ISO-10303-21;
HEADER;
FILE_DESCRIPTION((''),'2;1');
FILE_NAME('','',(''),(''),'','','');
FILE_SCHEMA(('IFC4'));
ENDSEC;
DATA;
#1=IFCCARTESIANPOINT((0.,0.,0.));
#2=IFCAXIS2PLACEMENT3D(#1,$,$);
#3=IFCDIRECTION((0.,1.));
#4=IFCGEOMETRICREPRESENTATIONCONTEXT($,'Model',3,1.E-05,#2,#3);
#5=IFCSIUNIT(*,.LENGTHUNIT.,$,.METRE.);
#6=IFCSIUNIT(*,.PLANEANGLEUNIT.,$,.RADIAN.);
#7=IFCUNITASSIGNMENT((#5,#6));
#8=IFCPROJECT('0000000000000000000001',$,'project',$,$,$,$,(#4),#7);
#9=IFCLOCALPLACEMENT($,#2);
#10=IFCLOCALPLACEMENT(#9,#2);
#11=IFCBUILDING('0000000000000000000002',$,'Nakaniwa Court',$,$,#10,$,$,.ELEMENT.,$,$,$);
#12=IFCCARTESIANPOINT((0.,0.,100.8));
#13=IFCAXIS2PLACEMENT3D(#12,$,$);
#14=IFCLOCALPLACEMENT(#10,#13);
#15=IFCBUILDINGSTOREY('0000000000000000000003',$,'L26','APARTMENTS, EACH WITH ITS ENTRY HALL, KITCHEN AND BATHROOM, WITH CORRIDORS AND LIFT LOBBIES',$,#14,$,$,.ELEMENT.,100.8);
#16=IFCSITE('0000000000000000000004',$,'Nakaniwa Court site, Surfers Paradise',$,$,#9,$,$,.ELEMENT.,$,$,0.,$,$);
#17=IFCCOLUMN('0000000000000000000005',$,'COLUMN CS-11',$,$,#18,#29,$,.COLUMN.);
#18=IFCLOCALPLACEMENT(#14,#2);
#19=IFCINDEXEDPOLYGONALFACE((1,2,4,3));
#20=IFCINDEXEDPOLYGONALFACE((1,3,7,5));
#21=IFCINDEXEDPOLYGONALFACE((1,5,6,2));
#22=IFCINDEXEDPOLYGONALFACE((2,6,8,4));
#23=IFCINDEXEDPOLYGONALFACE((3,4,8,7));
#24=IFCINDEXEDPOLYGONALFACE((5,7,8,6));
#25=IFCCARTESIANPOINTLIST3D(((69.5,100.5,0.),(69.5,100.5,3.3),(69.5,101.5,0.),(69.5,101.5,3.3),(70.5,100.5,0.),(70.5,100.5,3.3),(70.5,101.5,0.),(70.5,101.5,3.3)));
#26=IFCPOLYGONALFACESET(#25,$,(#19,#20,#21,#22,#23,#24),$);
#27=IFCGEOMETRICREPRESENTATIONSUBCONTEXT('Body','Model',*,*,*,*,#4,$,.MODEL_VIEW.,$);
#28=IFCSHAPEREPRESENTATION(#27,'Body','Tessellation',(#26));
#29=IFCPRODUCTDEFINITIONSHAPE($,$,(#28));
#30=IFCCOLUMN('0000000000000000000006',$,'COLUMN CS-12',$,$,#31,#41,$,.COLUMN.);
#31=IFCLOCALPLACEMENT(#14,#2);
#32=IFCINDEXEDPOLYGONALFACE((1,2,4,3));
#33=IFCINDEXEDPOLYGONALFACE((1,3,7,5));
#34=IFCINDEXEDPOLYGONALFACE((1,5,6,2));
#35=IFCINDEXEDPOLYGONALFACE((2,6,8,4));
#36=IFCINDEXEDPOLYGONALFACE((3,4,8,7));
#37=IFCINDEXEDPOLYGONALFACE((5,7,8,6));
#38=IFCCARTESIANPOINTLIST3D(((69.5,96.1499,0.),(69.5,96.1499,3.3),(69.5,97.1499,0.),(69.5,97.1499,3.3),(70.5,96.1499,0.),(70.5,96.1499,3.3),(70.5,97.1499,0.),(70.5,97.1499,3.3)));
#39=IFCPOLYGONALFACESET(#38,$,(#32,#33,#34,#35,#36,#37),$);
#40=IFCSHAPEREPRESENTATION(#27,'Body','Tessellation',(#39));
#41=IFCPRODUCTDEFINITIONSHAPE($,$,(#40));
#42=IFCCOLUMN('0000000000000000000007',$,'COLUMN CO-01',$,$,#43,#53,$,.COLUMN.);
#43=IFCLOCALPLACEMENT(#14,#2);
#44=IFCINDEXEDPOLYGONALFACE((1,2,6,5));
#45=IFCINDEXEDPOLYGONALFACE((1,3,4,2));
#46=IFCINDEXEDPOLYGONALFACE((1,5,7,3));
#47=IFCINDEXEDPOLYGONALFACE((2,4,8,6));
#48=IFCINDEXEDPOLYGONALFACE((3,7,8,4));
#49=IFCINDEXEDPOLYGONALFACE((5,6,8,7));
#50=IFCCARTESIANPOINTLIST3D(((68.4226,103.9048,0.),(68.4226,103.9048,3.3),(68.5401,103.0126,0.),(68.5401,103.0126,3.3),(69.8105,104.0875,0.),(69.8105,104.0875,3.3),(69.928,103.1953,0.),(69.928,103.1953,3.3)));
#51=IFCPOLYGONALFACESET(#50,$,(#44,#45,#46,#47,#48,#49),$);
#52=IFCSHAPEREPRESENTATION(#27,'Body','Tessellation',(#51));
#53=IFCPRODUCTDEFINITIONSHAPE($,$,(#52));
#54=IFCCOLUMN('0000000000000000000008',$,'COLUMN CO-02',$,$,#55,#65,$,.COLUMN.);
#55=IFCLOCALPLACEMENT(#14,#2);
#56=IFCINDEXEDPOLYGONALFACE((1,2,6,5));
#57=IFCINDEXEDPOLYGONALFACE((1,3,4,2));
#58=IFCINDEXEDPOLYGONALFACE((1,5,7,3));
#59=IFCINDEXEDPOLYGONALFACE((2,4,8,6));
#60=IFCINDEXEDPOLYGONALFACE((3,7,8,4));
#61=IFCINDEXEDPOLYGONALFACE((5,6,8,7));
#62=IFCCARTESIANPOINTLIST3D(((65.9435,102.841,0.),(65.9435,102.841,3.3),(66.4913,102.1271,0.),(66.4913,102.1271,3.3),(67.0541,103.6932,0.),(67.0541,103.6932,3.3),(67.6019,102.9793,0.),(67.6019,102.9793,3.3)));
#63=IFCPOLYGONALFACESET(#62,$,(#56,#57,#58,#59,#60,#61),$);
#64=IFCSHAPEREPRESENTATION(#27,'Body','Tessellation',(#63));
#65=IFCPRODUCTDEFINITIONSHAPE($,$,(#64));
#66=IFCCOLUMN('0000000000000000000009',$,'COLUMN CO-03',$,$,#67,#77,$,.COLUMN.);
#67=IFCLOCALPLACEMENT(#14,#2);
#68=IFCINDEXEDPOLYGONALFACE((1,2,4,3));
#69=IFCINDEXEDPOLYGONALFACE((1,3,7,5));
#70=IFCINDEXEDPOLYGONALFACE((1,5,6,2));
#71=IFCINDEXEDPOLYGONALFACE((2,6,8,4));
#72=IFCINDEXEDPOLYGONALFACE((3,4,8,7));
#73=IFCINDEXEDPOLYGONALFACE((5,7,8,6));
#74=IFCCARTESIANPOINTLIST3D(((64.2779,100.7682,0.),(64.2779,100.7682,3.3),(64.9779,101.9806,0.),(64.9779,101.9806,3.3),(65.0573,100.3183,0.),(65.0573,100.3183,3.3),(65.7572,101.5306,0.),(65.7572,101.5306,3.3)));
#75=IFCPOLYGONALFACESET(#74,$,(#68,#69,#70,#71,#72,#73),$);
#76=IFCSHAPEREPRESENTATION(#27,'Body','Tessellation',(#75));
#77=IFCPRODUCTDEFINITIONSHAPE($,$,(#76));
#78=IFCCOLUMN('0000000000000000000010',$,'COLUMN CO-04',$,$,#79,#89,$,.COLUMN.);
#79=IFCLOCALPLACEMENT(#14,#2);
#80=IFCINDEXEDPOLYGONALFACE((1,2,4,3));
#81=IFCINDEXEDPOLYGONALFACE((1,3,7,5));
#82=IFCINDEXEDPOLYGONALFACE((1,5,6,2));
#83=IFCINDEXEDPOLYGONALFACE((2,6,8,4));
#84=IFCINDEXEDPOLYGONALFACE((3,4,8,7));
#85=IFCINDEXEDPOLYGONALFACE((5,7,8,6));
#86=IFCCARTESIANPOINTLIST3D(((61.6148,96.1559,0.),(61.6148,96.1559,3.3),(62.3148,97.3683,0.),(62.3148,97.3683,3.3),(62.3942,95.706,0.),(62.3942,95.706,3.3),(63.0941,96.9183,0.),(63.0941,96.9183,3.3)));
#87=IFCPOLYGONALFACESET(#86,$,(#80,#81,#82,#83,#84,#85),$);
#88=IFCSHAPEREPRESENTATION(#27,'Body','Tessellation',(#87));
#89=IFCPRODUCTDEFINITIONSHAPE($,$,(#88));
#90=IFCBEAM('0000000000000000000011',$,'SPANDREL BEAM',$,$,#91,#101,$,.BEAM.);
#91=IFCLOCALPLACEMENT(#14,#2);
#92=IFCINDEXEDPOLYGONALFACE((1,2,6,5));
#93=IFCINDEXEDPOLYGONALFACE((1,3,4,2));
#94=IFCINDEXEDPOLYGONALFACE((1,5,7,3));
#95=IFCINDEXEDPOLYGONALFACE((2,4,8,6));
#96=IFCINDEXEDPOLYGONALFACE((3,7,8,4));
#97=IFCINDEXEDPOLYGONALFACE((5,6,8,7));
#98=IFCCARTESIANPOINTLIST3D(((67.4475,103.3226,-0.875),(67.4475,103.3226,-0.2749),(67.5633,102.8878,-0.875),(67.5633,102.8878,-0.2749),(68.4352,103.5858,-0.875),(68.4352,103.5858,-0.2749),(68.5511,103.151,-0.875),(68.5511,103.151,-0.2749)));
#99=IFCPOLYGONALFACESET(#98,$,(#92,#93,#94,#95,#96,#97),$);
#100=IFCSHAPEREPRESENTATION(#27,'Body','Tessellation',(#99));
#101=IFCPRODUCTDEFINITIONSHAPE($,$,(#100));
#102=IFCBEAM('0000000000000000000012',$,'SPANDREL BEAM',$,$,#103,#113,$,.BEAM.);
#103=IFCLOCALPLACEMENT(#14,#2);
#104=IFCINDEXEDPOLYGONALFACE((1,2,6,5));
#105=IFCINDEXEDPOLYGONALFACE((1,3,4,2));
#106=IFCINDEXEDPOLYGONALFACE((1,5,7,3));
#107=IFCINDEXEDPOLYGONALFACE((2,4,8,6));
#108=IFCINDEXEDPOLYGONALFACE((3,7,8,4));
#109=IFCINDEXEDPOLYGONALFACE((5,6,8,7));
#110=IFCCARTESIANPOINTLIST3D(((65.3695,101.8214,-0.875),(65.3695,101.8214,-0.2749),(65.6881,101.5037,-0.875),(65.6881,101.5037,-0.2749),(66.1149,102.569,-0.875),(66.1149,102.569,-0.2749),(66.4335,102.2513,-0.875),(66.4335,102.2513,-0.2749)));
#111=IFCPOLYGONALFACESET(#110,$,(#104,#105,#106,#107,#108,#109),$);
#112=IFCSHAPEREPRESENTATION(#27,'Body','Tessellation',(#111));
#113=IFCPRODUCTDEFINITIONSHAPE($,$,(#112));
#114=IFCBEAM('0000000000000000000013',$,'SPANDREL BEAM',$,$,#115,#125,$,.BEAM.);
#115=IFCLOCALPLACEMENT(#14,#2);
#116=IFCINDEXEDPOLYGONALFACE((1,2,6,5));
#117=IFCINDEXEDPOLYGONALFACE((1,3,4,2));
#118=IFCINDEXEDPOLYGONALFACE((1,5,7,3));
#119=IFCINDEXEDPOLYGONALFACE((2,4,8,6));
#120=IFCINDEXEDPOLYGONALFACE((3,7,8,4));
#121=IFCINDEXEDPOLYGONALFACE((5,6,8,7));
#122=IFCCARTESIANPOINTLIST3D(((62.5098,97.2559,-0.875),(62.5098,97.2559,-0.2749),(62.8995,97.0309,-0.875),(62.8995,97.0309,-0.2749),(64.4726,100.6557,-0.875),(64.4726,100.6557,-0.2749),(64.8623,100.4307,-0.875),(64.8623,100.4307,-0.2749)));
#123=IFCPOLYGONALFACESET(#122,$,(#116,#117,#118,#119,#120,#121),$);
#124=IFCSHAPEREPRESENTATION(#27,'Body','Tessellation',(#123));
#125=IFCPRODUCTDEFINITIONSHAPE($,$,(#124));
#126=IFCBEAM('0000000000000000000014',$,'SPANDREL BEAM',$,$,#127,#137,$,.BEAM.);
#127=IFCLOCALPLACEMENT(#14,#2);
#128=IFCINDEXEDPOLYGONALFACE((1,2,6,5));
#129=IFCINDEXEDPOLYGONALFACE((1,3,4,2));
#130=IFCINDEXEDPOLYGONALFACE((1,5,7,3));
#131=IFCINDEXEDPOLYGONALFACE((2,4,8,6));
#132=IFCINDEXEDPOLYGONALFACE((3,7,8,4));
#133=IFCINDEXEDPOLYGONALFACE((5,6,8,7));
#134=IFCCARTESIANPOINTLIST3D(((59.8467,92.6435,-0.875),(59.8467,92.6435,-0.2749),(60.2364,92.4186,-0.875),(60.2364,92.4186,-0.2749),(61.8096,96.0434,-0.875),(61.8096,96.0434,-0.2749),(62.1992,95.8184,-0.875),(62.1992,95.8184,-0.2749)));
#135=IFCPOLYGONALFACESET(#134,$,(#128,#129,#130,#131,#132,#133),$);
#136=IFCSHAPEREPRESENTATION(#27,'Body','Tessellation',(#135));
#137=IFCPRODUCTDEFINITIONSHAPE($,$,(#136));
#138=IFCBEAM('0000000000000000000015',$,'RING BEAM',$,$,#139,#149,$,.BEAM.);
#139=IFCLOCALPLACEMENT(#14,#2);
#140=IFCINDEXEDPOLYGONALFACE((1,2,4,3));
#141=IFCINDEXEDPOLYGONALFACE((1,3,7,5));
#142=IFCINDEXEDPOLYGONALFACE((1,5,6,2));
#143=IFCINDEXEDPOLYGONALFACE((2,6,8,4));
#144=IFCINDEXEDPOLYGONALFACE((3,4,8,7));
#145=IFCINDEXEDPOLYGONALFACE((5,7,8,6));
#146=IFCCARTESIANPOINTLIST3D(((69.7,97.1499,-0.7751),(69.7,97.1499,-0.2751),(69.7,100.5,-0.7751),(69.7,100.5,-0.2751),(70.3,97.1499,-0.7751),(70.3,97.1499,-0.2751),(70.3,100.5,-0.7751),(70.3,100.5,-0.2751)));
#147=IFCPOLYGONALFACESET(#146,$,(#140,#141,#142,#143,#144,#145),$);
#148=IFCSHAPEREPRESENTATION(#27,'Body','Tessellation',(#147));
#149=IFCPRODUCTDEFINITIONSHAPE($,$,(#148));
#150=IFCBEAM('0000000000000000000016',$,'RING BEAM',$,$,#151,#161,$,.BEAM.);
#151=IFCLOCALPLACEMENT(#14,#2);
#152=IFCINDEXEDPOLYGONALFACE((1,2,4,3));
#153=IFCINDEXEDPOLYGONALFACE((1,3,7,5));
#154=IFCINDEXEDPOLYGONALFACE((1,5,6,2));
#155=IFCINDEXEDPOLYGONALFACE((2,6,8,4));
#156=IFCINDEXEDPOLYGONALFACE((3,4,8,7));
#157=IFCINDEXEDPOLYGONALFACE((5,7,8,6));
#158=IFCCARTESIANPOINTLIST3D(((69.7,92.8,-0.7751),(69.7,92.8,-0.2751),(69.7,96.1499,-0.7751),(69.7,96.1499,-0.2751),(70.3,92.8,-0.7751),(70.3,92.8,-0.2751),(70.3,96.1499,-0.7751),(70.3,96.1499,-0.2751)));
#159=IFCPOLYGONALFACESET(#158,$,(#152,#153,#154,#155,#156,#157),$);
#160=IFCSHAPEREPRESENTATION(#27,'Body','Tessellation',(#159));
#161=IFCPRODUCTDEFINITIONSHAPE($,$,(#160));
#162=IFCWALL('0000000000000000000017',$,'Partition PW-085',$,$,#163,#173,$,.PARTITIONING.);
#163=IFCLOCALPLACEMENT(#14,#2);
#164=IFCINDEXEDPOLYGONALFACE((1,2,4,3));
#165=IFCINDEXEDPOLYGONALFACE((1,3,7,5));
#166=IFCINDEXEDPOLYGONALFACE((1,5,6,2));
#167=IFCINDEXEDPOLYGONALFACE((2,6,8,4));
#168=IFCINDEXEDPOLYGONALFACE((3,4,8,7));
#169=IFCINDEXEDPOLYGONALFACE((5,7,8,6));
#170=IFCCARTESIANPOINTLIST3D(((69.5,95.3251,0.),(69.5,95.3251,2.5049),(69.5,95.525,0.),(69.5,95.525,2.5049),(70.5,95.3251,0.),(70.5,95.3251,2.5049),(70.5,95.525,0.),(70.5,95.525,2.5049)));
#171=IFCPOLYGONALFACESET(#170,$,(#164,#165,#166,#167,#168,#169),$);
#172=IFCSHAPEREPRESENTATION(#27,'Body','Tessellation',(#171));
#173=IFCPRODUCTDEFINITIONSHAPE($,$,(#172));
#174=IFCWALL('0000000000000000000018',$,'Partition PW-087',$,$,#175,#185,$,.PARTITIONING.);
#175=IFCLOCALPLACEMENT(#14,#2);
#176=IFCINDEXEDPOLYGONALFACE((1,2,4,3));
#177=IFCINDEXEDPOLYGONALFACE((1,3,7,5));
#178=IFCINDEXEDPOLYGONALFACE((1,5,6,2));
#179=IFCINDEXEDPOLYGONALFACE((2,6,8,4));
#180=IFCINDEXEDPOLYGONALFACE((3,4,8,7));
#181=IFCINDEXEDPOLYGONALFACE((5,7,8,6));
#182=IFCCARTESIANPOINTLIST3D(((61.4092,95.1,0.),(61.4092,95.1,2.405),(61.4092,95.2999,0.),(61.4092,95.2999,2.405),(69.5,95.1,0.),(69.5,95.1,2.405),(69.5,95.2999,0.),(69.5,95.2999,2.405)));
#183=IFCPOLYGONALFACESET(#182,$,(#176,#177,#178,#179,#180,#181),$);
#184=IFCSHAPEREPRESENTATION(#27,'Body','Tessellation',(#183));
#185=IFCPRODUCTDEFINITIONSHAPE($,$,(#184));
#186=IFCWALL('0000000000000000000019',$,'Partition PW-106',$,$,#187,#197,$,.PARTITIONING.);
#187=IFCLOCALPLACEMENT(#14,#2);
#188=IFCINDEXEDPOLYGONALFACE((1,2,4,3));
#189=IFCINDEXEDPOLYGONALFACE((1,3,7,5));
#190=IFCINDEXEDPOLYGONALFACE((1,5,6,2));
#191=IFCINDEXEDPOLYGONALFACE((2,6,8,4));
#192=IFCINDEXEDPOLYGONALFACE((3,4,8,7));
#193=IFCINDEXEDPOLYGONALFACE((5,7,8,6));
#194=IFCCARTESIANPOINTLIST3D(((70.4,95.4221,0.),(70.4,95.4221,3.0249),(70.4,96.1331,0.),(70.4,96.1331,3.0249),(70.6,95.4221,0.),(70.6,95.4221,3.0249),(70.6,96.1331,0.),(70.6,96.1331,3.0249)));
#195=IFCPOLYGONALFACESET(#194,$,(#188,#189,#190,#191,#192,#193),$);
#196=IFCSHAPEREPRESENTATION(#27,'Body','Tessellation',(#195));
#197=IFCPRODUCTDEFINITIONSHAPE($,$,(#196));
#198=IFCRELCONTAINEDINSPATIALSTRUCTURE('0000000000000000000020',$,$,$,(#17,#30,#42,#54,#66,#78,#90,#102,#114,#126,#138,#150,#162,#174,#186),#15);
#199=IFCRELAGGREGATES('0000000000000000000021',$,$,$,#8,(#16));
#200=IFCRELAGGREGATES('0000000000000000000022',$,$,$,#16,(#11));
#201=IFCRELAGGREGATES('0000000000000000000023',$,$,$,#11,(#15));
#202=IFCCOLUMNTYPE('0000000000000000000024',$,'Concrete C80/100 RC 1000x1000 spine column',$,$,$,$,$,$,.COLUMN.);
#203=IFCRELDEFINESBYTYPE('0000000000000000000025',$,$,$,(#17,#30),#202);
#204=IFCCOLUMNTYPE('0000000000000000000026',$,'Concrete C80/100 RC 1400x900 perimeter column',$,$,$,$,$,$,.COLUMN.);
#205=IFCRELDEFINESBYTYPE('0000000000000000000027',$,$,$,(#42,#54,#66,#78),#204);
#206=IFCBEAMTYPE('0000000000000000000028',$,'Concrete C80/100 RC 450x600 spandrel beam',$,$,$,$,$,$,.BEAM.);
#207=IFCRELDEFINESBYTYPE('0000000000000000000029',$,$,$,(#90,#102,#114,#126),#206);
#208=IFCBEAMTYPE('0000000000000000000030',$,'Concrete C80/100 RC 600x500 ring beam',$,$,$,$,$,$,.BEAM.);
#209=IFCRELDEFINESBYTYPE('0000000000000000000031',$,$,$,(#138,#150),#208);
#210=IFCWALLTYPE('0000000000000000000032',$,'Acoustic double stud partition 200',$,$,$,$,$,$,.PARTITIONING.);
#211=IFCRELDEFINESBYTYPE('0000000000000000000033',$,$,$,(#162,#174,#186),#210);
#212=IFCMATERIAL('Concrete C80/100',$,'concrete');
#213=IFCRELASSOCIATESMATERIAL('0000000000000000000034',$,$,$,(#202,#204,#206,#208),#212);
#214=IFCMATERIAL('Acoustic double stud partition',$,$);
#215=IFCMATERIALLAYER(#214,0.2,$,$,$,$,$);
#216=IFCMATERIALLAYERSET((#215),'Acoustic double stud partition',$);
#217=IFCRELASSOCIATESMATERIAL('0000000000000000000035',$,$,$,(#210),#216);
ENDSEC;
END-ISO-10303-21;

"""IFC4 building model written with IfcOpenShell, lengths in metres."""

from ifc_helpers import new_model, si_unit, direction, frame, frame_2d, origin, origin_2d, place, context, subcontext, project, spatial, rectangle, extrude, material, layer, layer_set, material_profile, profile_set, type_object, element, save


model = new_model("IFC4")

# Units and contexts
model_context = context("Model", 3, precision=1e-05, world=origin(), true_north=direction((0.0, 1.0)))
body_context = subcontext(model_context, "Body", "Model", "MODEL_VIEW")
ifc_project = project(units=[si_unit("LENGTHUNIT", "METRE"), si_unit("PLANEANGLEUNIT", "RADIAN")], contexts=[model_context])

# Site, building, storey
site_placement = place(None, origin())
site = spatial("IfcSite", under=ifc_project, at=site_placement, Name="Nakaniwa Court site, Surfers Paradise", CompositionType="ELEMENT", RefElevation=0.0)
building_placement = place(site_placement, origin())
building = spatial("IfcBuilding", under=site, at=building_placement, Name="Nakaniwa Court", CompositionType="ELEMENT")
storey_placement = place(building_placement, frame((0.0, 0.0, 100.8)))
storey = spatial("IfcBuildingStorey", under=building, at=storey_placement, Name="L26", Description="APARTMENTS, EACH WITH ITS ENTRY HALL, KITCHEN AND BATHROOM, WITH CORRIDORS AND LIFT LOBBIES", CompositionType="ELEMENT", Elevation=100.8)

# Columns
ifc_material_1 = material(Name="Concrete C80/100", Category="concrete")
ifc_material_profile_1 = material_profile(ifc_material_1, rectangle(XDim=1.0, YDim=1.0, at=origin_2d()), Name="Concrete C80/100 RC 1000x1000 spine column")
ifc_profile_set_1 = profile_set([ifc_material_profile_1], Name="Concrete C80/100")
column_type_1 = type_object("IfcColumnType", Name="Concrete C80/100 RC 1000x1000 spine column", PredefinedType="COLUMN", material=ifc_profile_set_1)
for number, where, z_axis, x_axis, name in (
    (1, (70.0, 101.0, 0.0), (0.0, 0.0, 1.0), (0.0, -1.0, 0.0), "COLUMN CS-11"),
    (2, (70.0, 96.6499, 0.0), (0.0, 0.0, 1.0), (0.0, -1.0, 0.0), "COLUMN CS-12"),
):
    element("IfcColumn", number, at=place(storey_placement, frame(where, z_axis=z_axis, x_axis=x_axis)), inside=storey, type_object=column_type_1, Name=name, PredefinedType="COLUMN", context=body_context, shape_type="SweptSolid", body=[
        extrude(rectangle(XDim=1.0, YDim=1.0, at=origin_2d()), origin(), (0.0, 0.0, 1.0), 3.3),
    ])
ifc_material_profile_2 = material_profile(ifc_material_1, rectangle(XDim=1.3999, YDim=0.8999, at=origin_2d()), Name="Concrete C80/100 RC 1400x900 perimeter column")
ifc_profile_set_2 = profile_set([ifc_material_profile_2], Name="Concrete C80/100")
column_type_2 = type_object("IfcColumnType", Name="Concrete C80/100 RC 1400x900 perimeter column", PredefinedType="COLUMN", material=ifc_profile_set_2)
for number, where, z_axis, x_axis, name in (
    (3, (69.1753, 103.55, 0.0), (0.0, 0.0, 1.0), (-0.991443, -0.130543, 0.0), "COLUMN CO-01"),
    (4, (66.7727, 102.9102, 0.0), (0.0, 0.0, 1.0), (-0.793364, -0.608748, 0.0), "COLUMN CO-02"),
    (5, (65.0176, 101.1494, 0.0), (0.0, 0.0, 1.0), (-0.5, -0.866025, 0.0), "COLUMN CO-03"),
    (6, (62.3545, 96.5371, 0.0), (0.0, 0.0, 1.0), (-0.5, -0.866025, 0.0), "COLUMN CO-04"),
):
    element("IfcColumn", number, at=place(storey_placement, frame(where, z_axis=z_axis, x_axis=x_axis)), inside=storey, type_object=column_type_2, Name=name, PredefinedType="COLUMN", context=body_context, shape_type="SweptSolid", body=[
        extrude(rectangle(XDim=1.3999, YDim=0.8999, at=origin_2d()), origin(), (0.0, 0.0, 1.0), 3.3),
    ])

# Beams
ifc_material_profile_3 = material_profile(ifc_material_1, rectangle(XDim=0.45, YDim=0.6001, at=origin_2d()), Name="Concrete C80/100 RC 450x600 spandrel beam")
ifc_profile_set_3 = profile_set([ifc_material_profile_3], Name="Concrete C80/100")
beam_type_1 = type_object("IfcBeamType", Name="Concrete C80/100 RC 450x600 spandrel beam", PredefinedType="BEAM", material=ifc_profile_set_3)
beam_1_placement = place(storey_placement, frame((68.4932, 103.3684, -0.575), z_axis=(-0.96629, -0.257455, 0.0), x_axis=(0.257455, -0.96629, 0.0)))
element("IfcBeam", 7, at=beam_1_placement, inside=storey, type_object=beam_type_1, Name="SPANDREL BEAM", PredefinedType="BEAM", context=body_context, shape_type="SweptSolid", body=[
    extrude(rectangle(XDim=0.45, YDim=0.6001, at=origin_2d()), origin(), (0.0, 0.0, 1.0), 1.0222),
])
beam_2_placement = place(storey_placement, frame((66.2742, 102.4102, -0.575), z_axis=(-0.706065, -0.708147, 0.0), x_axis=(0.708147, -0.706065, 0.0)))
element("IfcBeam", 8, at=beam_2_placement, inside=storey, type_object=beam_type_1, Name="SPANDREL BEAM", PredefinedType="BEAM", context=body_context, shape_type="SweptSolid", body=[
    extrude(rectangle(XDim=0.45, YDim=0.6001, at=origin_2d()), origin(), (0.0, 0.0, 1.0), 1.0557),
])
for number, where, z_axis, x_axis, name in (
    (9, (64.6675, 100.5432, -0.575), (-0.499992, -0.86603, 0.0), (0.86603, -0.499992, 0.0), "SPANDREL BEAM"),
    (10, (62.0044, 95.9309, -0.575), (-0.499992, -0.86603, 0.0), (0.86603, -0.499992, 0.0), "SPANDREL BEAM"),
):
    element("IfcBeam", number, at=place(storey_placement, frame(where, z_axis=z_axis, x_axis=x_axis)), inside=storey, type_object=beam_type_1, Name=name, PredefinedType="BEAM", context=body_context, shape_type="SweptSolid", body=[
        extrude(rectangle(XDim=0.45, YDim=0.6001, at=origin_2d()), origin(), (0.0, 0.0, 1.0), 3.9258),
    ])
ifc_material_profile_4 = material_profile(ifc_material_1, rectangle(XDim=0.6001, YDim=0.5, at=origin_2d()), Name="Concrete C80/100 RC 600x500 ring beam")
ifc_profile_set_4 = profile_set([ifc_material_profile_4], Name="Concrete C80/100")
beam_type_2 = type_object("IfcBeamType", Name="Concrete C80/100 RC 600x500 ring beam", PredefinedType="BEAM", material=ifc_profile_set_4)
beam_3_placement = place(storey_placement, frame((70.0, 100.5, -0.5251), z_axis=(0.0, -1.0, 0.0), x_axis=(1.0, 0.0, 0.0)))
element("IfcBeam", 11, at=beam_3_placement, inside=storey, type_object=beam_type_2, Name="RING BEAM", PredefinedType="BEAM", context=body_context, shape_type="SweptSolid", body=[
    extrude(rectangle(XDim=0.6001, YDim=0.5, at=origin_2d()), origin(), (0.0, 0.0, 1.0), 3.3501),
])
beam_4_placement = place(storey_placement, frame((70.0, 96.1499, -0.5251), z_axis=(0.0, -1.0, 0.0), x_axis=(1.0, 0.0, 0.0)))
element("IfcBeam", 12, at=beam_4_placement, inside=storey, type_object=beam_type_2, Name="RING BEAM", PredefinedType="BEAM", context=body_context, shape_type="SweptSolid", body=[
    extrude(rectangle(XDim=0.6001, YDim=0.5, at=origin_2d()), origin(), (0.0, 0.0, 1.0), 3.3499),
])

# Walls
ifc_material_2 = material(Name="Acoustic double stud partition")
ifc_layer_1 = layer(ifc_material_2, 0.2)
ifc_layer_set_1 = layer_set([ifc_layer_1], Name="Acoustic double stud partition")
wall_type_1 = type_object("IfcWallType", Name="Acoustic double stud partition 200", PredefinedType="PARTITIONING", material=ifc_layer_set_1)
wall_1_placement = place(storey_placement, frame((69.5, 95.425, 0.0), z_axis=(0.0, 0.0, 1.0), x_axis=(1.0, 0.0, 0.0)))
element("IfcWall", 13, at=wall_1_placement, inside=storey, type_object=wall_type_1, Name="Partition PW-085", PredefinedType="PARTITIONING", context=body_context, shape_type="SweptSolid", body=[
    extrude(rectangle(XDim=1.0, YDim=0.2, at=frame_2d((0.5, 0.0))), origin(), (0.0, 0.0, 1.0), 2.5049),
])
wall_2_placement = place(storey_placement, frame((61.4092, 95.2, 0.0), z_axis=(0.0, 0.0, 1.0), x_axis=(1.0, 0.0, 0.0)))
element("IfcWall", 14, at=wall_2_placement, inside=storey, type_object=wall_type_1, Name="Partition PW-087", PredefinedType="PARTITIONING", context=body_context, shape_type="SweptSolid", body=[
    extrude(rectangle(XDim=8.0908, YDim=0.2, at=frame_2d((4.0454, 0.0))), origin(), (0.0, 0.0, 1.0), 2.405),
])
wall_3_placement = place(storey_placement, frame((70.5, 95.4221, 0.0), z_axis=(0.0, 0.0, 1.0), x_axis=(0.0, 1.0, 0.0)))
element("IfcWall", 15, at=wall_3_placement, inside=storey, type_object=wall_type_1, Name="Partition PW-106", PredefinedType="PARTITIONING", context=body_context, shape_type="SweptSolid", body=[
    extrude(rectangle(XDim=0.7109, YDim=0.2, at=frame_2d((0.3555, 0.0))), origin(), (0.0, 0.0, 1.0), 3.0249),
])

save(model, "model.ifc")
